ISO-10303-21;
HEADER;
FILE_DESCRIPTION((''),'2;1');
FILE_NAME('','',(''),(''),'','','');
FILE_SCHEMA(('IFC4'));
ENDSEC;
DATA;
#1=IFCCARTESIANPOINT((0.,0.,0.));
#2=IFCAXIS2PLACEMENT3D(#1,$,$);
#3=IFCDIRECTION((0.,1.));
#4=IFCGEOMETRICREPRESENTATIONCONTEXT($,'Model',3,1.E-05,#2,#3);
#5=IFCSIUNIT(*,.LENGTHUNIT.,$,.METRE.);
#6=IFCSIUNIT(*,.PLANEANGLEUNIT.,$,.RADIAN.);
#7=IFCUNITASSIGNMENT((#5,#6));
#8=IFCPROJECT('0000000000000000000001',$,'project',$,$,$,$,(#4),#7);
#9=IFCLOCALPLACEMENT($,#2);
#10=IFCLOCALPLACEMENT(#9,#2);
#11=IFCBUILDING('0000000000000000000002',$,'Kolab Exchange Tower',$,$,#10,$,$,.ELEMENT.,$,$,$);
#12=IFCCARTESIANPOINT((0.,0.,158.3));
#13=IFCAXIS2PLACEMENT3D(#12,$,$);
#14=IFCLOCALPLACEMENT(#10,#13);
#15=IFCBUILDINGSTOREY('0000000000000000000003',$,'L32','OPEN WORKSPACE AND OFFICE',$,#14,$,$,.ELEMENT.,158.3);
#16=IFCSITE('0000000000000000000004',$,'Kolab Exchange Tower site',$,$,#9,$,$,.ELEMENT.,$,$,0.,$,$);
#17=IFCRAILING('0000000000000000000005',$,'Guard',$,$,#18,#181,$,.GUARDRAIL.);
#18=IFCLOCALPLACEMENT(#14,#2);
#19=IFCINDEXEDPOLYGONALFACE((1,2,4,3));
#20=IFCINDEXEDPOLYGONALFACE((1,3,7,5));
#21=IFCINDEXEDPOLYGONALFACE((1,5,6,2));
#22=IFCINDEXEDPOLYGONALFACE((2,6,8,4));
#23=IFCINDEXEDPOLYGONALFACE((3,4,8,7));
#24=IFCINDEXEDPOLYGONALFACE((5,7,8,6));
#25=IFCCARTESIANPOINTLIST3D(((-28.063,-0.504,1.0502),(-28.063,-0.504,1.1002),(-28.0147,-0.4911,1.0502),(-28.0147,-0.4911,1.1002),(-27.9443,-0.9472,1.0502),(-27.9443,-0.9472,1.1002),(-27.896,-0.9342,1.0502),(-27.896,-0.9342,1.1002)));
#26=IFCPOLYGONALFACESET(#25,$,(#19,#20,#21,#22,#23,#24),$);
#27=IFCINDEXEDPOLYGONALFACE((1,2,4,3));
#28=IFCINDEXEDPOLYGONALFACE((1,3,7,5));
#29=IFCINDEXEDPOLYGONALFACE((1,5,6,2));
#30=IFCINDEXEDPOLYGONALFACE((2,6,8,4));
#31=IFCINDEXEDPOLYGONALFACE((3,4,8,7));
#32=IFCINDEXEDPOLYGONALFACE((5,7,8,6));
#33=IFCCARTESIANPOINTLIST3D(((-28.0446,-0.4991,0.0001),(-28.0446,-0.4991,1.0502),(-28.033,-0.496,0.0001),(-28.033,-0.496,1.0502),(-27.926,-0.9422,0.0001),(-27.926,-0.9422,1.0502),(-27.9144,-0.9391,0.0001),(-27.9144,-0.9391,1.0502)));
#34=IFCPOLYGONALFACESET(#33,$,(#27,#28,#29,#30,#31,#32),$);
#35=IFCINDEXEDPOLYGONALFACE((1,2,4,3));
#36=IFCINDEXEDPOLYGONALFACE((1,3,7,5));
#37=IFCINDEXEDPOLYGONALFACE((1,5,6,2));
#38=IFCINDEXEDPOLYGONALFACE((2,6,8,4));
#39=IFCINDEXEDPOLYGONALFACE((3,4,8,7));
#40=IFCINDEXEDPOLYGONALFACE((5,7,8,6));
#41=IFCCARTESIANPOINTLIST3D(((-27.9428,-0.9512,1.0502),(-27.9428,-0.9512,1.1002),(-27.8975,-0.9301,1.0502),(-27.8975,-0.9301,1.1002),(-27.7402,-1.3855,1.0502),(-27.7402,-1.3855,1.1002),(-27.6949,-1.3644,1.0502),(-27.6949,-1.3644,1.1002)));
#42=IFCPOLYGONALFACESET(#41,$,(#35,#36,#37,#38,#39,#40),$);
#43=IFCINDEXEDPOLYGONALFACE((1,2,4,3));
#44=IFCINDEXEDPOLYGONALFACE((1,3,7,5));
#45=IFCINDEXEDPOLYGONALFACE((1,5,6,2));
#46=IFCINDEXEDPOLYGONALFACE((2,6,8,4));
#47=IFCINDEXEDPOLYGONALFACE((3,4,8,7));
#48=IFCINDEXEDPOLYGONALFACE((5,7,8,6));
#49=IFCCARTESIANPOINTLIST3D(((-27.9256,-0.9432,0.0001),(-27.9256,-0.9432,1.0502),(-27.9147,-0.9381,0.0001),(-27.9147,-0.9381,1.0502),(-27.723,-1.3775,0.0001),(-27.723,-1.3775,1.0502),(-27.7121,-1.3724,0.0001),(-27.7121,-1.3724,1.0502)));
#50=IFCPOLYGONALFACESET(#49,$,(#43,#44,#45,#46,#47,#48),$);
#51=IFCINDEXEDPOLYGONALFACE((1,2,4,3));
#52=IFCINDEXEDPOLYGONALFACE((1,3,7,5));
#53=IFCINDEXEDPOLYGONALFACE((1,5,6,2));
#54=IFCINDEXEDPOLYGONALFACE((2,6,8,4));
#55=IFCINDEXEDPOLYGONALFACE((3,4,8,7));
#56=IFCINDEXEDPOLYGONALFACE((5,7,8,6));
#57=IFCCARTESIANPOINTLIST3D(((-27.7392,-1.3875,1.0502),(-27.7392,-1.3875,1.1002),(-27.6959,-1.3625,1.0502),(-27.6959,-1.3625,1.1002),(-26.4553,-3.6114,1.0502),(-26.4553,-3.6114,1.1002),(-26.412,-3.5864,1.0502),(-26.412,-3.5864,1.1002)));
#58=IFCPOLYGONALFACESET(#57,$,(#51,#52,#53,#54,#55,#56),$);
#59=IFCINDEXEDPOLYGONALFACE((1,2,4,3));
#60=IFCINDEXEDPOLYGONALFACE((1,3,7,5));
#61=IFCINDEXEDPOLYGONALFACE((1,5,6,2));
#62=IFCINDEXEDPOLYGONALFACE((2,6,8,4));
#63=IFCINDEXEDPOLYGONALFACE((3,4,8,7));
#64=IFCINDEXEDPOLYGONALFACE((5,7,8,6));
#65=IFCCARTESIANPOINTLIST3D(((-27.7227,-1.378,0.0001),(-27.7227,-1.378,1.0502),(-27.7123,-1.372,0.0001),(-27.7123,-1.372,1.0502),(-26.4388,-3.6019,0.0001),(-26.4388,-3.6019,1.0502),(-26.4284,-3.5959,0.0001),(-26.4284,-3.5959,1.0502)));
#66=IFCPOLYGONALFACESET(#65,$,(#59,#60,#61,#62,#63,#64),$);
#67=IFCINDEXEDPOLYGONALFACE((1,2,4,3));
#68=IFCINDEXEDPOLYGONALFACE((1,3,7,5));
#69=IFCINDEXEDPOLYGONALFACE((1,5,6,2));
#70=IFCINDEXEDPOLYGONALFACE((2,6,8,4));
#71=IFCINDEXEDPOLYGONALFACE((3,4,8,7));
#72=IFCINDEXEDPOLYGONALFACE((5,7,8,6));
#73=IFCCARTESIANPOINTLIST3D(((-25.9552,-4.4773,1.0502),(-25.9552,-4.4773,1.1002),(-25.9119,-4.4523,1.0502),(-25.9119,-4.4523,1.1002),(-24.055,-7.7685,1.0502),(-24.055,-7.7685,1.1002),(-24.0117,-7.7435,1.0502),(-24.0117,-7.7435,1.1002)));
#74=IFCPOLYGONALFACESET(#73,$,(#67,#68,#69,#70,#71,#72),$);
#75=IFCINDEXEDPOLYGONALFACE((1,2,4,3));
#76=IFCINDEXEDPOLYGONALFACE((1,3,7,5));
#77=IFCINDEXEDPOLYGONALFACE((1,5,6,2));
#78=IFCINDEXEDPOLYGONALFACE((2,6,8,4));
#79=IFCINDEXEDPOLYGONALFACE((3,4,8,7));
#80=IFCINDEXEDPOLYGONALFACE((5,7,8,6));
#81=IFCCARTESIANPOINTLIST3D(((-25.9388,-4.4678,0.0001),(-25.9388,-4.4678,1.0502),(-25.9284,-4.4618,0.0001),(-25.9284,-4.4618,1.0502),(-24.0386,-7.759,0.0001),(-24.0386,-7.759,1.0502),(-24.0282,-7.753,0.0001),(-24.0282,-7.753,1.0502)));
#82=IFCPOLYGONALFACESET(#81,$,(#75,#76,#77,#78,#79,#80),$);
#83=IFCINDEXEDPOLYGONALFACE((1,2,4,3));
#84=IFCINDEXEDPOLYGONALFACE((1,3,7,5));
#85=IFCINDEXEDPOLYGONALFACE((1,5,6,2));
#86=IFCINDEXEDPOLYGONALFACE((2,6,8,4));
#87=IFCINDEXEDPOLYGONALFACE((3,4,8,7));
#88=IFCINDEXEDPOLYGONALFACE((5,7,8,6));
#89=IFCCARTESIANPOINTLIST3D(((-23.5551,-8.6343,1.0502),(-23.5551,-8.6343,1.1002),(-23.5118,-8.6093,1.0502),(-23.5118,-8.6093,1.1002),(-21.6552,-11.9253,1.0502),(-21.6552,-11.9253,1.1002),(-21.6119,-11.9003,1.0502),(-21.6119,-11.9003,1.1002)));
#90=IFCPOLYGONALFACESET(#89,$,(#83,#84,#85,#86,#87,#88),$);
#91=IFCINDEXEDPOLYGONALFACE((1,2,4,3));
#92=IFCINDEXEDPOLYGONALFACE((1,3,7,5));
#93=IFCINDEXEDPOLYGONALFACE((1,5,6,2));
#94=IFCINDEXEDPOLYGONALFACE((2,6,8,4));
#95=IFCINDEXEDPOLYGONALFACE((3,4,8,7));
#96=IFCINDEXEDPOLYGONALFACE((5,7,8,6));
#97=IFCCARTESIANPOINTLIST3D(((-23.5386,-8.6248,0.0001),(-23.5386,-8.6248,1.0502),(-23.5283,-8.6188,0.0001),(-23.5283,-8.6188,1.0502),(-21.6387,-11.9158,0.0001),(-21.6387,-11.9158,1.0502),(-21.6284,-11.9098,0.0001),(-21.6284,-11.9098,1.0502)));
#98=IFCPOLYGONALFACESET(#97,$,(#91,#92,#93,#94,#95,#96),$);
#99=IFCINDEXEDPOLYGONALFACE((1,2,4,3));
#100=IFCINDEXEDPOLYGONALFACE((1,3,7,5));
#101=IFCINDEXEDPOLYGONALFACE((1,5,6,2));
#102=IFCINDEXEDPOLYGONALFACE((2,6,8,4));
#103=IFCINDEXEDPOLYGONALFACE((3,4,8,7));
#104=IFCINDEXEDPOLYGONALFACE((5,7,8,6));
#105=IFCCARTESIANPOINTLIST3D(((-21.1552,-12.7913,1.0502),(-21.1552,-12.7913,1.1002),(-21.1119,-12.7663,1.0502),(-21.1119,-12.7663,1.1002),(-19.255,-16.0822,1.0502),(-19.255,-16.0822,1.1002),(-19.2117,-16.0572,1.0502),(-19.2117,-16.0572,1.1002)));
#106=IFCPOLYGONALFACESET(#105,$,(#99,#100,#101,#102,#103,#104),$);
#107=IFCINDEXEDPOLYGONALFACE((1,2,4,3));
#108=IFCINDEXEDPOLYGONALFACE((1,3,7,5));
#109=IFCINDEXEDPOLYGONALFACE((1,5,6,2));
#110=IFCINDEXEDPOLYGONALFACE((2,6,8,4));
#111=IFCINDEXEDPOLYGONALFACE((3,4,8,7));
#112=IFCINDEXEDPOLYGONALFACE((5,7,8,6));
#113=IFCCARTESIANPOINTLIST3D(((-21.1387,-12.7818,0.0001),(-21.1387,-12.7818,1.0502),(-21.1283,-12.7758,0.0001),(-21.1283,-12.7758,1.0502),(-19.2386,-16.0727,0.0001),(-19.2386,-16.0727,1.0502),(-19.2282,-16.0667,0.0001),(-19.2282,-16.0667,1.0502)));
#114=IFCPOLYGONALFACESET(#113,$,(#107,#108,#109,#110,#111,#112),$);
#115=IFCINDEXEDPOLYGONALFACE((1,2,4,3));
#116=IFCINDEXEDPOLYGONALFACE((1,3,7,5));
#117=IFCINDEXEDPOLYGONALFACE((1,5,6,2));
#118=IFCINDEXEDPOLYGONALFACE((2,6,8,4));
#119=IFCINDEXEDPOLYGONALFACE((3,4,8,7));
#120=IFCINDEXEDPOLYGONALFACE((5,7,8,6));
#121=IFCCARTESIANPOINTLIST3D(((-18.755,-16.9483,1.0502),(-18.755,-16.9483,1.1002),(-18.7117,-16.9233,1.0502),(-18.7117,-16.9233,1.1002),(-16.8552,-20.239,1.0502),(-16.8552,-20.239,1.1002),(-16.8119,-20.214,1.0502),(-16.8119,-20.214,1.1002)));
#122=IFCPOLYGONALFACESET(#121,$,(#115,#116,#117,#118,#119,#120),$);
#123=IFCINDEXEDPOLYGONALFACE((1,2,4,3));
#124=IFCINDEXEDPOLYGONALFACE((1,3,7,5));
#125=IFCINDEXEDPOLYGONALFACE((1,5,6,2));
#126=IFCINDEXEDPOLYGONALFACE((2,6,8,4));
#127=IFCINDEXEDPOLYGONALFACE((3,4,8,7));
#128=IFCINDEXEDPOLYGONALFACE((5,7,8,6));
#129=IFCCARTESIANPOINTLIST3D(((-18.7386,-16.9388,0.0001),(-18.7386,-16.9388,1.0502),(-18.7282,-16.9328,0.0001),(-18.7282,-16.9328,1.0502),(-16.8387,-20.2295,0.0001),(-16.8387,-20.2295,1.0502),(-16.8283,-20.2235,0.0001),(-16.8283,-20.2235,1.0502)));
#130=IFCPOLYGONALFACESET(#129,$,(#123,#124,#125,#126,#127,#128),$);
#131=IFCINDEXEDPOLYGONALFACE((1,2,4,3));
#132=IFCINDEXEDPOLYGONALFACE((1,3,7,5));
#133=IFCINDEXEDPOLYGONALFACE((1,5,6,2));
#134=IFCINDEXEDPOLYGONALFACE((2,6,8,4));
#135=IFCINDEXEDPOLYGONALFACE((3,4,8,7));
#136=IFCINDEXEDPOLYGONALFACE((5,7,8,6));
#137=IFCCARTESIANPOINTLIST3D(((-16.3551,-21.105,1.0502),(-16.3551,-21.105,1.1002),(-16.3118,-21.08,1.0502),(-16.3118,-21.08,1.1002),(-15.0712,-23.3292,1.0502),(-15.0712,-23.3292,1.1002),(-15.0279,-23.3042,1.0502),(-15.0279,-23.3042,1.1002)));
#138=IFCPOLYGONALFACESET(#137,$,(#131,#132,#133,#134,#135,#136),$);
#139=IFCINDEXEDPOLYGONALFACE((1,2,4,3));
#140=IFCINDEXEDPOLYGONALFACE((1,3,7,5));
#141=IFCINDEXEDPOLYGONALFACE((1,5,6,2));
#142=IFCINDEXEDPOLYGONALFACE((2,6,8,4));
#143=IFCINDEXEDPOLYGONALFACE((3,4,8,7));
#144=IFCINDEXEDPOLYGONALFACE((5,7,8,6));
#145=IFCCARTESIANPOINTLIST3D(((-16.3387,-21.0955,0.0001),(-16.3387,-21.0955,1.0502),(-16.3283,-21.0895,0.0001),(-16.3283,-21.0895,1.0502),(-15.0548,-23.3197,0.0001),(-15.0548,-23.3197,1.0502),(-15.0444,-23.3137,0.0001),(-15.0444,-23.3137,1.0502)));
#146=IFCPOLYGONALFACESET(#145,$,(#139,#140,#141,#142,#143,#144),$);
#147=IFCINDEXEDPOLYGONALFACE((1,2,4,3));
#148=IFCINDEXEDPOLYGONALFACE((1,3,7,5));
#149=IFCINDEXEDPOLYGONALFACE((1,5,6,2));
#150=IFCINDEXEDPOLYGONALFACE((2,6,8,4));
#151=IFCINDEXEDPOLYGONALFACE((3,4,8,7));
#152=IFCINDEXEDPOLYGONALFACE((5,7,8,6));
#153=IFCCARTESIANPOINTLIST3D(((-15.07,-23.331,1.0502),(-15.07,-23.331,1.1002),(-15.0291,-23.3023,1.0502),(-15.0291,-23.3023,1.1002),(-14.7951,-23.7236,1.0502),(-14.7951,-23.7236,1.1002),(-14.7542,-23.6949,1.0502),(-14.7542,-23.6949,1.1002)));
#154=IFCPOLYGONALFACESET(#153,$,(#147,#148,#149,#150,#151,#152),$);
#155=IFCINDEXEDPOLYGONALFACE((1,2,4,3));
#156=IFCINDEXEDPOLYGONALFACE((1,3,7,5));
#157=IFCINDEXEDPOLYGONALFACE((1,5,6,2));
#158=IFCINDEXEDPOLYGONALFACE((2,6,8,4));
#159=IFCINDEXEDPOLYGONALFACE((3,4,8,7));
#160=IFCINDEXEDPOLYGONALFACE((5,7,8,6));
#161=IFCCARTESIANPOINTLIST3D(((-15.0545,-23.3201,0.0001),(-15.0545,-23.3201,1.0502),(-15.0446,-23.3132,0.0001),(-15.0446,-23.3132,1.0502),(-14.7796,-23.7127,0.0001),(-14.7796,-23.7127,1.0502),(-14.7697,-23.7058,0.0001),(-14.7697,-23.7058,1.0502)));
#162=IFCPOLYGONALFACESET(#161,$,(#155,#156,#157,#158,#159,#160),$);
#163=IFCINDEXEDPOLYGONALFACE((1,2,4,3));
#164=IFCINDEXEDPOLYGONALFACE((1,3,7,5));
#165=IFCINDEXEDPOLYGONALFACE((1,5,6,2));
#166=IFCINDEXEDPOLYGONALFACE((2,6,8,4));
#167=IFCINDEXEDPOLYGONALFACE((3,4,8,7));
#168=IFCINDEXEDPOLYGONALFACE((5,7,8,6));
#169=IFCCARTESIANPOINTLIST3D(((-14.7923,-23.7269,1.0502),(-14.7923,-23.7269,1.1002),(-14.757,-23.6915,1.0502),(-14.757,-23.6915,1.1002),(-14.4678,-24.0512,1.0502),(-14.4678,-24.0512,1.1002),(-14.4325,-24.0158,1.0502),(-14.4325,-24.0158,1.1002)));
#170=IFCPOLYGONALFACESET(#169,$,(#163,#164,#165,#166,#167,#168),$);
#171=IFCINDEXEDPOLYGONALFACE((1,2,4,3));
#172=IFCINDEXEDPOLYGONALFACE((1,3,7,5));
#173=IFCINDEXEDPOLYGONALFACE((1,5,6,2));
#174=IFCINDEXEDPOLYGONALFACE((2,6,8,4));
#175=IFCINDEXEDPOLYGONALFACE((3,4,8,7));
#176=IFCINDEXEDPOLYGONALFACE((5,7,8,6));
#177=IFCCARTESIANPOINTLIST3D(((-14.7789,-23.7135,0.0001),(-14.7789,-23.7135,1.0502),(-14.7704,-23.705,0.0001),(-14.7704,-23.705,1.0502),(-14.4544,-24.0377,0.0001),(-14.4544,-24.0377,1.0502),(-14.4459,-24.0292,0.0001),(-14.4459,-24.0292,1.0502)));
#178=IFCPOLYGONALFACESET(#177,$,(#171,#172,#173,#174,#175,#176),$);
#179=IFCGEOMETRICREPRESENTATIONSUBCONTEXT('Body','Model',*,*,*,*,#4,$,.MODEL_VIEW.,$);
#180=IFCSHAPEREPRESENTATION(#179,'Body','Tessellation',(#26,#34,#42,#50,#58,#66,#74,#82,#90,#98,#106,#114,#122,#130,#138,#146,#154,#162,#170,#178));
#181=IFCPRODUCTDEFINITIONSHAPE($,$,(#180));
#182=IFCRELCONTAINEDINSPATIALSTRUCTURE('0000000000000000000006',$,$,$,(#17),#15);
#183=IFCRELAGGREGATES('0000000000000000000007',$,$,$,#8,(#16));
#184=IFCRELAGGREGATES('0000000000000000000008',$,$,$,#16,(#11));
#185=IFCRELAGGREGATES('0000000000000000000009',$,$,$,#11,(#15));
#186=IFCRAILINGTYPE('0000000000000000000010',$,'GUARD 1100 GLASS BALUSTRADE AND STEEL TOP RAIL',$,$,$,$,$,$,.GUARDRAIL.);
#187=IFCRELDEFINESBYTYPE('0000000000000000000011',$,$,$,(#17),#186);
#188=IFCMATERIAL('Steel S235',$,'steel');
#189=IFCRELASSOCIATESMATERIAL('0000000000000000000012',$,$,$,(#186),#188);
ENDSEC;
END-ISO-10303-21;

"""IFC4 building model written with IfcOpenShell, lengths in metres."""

from ifc_helpers import new_model, si_unit, direction, frame, frame_2d, origin, origin_2d, place, context, subcontext, project, spatial, rectangle, extrude, material, type_object, element, save


model = new_model("IFC4")

# Units and contexts
model_context = context("Model", 3, precision=1e-05, world=origin(), true_north=direction((0.0, 1.0)))
body_context = subcontext(model_context, "Body", "Model", "MODEL_VIEW")
ifc_project = project(units=[si_unit("LENGTHUNIT", "METRE"), si_unit("PLANEANGLEUNIT", "RADIAN")], contexts=[model_context])

# Site, building, storey
site_placement = place(None, origin())
site = spatial("IfcSite", under=ifc_project, at=site_placement, Name="Kolab Exchange Tower site", CompositionType="ELEMENT", RefElevation=0.0)
building_placement = place(site_placement, origin())
building = spatial("IfcBuilding", under=site, at=building_placement, Name="Kolab Exchange Tower", CompositionType="ELEMENT")
storey_placement = place(building_placement, frame((0.0, 0.0, 158.3)))
storey = spatial("IfcBuildingStorey", under=building, at=storey_placement, Name="L32", Description="OPEN WORKSPACE AND OFFICE", CompositionType="ELEMENT", Elevation=158.3)

# Shared definitions
ifc_material_1 = material(Name="Steel S235", Category="steel")

# Railing
railing_type = type_object("IfcRailingType", Name="GUARD 1100 GLASS BALUSTRADE AND STEEL TOP RAIL", PredefinedType="GUARDRAIL", material=ifc_material_1)
railing_placement = place(storey_placement, frame((-28.0388, -0.4976, 0.0)))
element("IfcRailing", 1, at=railing_placement, inside=storey, type_object=railing_type, Name="Guard", PredefinedType="GUARDRAIL", context=body_context, shape_type="SweptSolid", body=[
    extrude(rectangle(XDim=0.05, YDim=0.05, at=origin_2d()), frame((0.0, 0.0, 1.0752), z_axis=(0.258656, -0.965969, 0.0), x_axis=(0.965969, 0.258656, 0.0)), (0.0, 0.0, 1.0), 0.4587),
    extrude(rectangle(XDim=0.012, YDim=1.0501, at=frame_2d((0.0, 0.5251))), frame((0.0, 0.0, 0.0), z_axis=(0.258656, -0.965969, 0.0), x_axis=(0.965969, 0.258656, 0.0)), (0.0, 0.0, 1.0), 0.4587),
    extrude(rectangle(XDim=0.05, YDim=0.05, at=origin_2d()), frame((0.1187, -0.4431, 1.0752), z_axis=(0.422802, -0.906222, 0.0), x_axis=(0.906222, 0.422802, 0.0)), (0.0, 0.0, 1.0), 0.4792),
    extrude(rectangle(XDim=0.012, YDim=1.0501, at=frame_2d((0.0, 0.5251))), frame((0.1187, -0.4431, 0.0), z_axis=(0.422802, -0.906222, 0.0), x_axis=(0.906222, 0.422802, 0.0)), (0.0, 0.0, 1.0), 0.4792),
    extrude(rectangle(XDim=0.05, YDim=0.05, at=origin_2d()), frame((0.3213, -0.8774, 1.0752), z_axis=(0.499994, -0.866029, 0.0), x_axis=(0.866029, 0.499994, 0.0)), (0.0, 0.0, 1.0), 2.5679),
    extrude(rectangle(XDim=0.012, YDim=1.0501, at=frame_2d((0.0, 0.5251))), frame((0.3213, -0.8774, 0.0), z_axis=(0.499994, -0.866029, 0.0), x_axis=(0.866029, 0.499994, 0.0)), (0.0, 0.0, 1.0), 2.5679),
    extrude(rectangle(XDim=0.05, YDim=0.05, at=origin_2d()), frame((2.1052, -3.9673, 1.0752), z_axis=(0.500015, -0.866017, 0.0), x_axis=(0.866017, 0.500015, 0.0)), (0.0, 0.0, 1.0), 3.8003),
    extrude(rectangle(XDim=0.012, YDim=1.0501, at=frame_2d((0.0, 0.5251))), frame((2.1052, -3.9673, 0.0), z_axis=(0.500015, -0.866017, 0.0), x_axis=(0.866017, 0.500015, 0.0)), (0.0, 0.0, 1.0), 3.8003),
    extrude(rectangle(XDim=0.05, YDim=0.05, at=origin_2d()), frame((4.5054, -8.1243, 1.0752), z_axis=(0.499967, -0.866044, 0.0), x_axis=(0.866044, 0.499967, 0.0)), (0.0, 0.0, 1.0), 3.8),
    extrude(rectangle(XDim=0.012, YDim=1.0501, at=frame_2d((0.0, 0.5251))), frame((4.5054, -8.1243, 0.0), z_axis=(0.499967, -0.866044, 0.0), x_axis=(0.866044, 0.499967, 0.0)), (0.0, 0.0, 1.0), 3.8),
    extrude(rectangle(XDim=0.05, YDim=0.05, at=origin_2d()), frame((6.9053, -12.2812, 1.0752), z_axis=(0.500043, -0.866, 0.0), x_axis=(0.866, 0.500043, 0.0)), (0.0, 0.0, 1.0), 3.8),
    extrude(rectangle(XDim=0.012, YDim=1.0501, at=frame_2d((0.0, 0.5251))), frame((6.9053, -12.2812, 0.0), z_axis=(0.500043, -0.866, 0.0), x_axis=(0.866, 0.500043, 0.0)), (0.0, 0.0, 1.0), 3.8),
    extrude(rectangle(XDim=0.05, YDim=0.05, at=origin_2d()), frame((9.3054, -16.4382, 1.0752), z_axis=(0.499995, -0.866028, 0.0), x_axis=(0.866028, 0.499995, 0.0)), (0.0, 0.0, 1.0), 3.7998),
    extrude(rectangle(XDim=0.012, YDim=1.0501, at=frame_2d((0.0, 0.5251))), frame((9.3054, -16.4382, 0.0), z_axis=(0.499995, -0.866028, 0.0), x_axis=(0.866028, 0.499995, 0.0)), (0.0, 0.0, 1.0), 3.7998),
    extrude(rectangle(XDim=0.05, YDim=0.05, at=origin_2d()), frame((11.7053, -20.595, 1.0752), z_axis=(0.499953, -0.866053, 0.0), x_axis=(0.866053, 0.499953, 0.0)), (0.0, 0.0, 1.0), 2.5681),
    extrude(rectangle(XDim=0.012, YDim=1.0501, at=frame_2d((0.0, 0.5251))), frame((11.7053, -20.595, 0.0), z_axis=(0.499953, -0.866053, 0.0), x_axis=(0.866053, 0.499953, 0.0)), (0.0, 0.0, 1.0), 2.5681),
    extrude(rectangle(XDim=0.05, YDim=0.05, at=origin_2d()), frame((12.9893, -22.8191, 1.0752), z_axis=(0.573599, -0.819136, 0.0), x_axis=(0.819136, 0.573599, 0.0)), (0.0, 0.0, 1.0), 0.4792),
    extrude(rectangle(XDim=0.012, YDim=1.0501, at=frame_2d((0.0, 0.5251))), frame((12.9893, -22.8191, 0.0), z_axis=(0.573599, -0.819136, 0.0), x_axis=(0.819136, 0.573599, 0.0)), (0.0, 0.0, 1.0), 0.4792),
    extrude(rectangle(XDim=0.05, YDim=0.05, at=origin_2d()), frame((13.2642, -23.2117, 1.0752), z_axis=(0.707373, -0.706841, 0.0), x_axis=(0.706841, 0.707373, 0.0)), (0.0, 0.0, 1.0), 0.4587),
    extrude(rectangle(XDim=0.012, YDim=1.0501, at=frame_2d((0.0, 0.5251))), frame((13.2642, -23.2117, 0.0), z_axis=(0.707373, -0.706841, 0.0), x_axis=(0.706841, 0.707373, 0.0)), (0.0, 0.0, 1.0), 0.4587),
])

save(model, "model.ifc")
